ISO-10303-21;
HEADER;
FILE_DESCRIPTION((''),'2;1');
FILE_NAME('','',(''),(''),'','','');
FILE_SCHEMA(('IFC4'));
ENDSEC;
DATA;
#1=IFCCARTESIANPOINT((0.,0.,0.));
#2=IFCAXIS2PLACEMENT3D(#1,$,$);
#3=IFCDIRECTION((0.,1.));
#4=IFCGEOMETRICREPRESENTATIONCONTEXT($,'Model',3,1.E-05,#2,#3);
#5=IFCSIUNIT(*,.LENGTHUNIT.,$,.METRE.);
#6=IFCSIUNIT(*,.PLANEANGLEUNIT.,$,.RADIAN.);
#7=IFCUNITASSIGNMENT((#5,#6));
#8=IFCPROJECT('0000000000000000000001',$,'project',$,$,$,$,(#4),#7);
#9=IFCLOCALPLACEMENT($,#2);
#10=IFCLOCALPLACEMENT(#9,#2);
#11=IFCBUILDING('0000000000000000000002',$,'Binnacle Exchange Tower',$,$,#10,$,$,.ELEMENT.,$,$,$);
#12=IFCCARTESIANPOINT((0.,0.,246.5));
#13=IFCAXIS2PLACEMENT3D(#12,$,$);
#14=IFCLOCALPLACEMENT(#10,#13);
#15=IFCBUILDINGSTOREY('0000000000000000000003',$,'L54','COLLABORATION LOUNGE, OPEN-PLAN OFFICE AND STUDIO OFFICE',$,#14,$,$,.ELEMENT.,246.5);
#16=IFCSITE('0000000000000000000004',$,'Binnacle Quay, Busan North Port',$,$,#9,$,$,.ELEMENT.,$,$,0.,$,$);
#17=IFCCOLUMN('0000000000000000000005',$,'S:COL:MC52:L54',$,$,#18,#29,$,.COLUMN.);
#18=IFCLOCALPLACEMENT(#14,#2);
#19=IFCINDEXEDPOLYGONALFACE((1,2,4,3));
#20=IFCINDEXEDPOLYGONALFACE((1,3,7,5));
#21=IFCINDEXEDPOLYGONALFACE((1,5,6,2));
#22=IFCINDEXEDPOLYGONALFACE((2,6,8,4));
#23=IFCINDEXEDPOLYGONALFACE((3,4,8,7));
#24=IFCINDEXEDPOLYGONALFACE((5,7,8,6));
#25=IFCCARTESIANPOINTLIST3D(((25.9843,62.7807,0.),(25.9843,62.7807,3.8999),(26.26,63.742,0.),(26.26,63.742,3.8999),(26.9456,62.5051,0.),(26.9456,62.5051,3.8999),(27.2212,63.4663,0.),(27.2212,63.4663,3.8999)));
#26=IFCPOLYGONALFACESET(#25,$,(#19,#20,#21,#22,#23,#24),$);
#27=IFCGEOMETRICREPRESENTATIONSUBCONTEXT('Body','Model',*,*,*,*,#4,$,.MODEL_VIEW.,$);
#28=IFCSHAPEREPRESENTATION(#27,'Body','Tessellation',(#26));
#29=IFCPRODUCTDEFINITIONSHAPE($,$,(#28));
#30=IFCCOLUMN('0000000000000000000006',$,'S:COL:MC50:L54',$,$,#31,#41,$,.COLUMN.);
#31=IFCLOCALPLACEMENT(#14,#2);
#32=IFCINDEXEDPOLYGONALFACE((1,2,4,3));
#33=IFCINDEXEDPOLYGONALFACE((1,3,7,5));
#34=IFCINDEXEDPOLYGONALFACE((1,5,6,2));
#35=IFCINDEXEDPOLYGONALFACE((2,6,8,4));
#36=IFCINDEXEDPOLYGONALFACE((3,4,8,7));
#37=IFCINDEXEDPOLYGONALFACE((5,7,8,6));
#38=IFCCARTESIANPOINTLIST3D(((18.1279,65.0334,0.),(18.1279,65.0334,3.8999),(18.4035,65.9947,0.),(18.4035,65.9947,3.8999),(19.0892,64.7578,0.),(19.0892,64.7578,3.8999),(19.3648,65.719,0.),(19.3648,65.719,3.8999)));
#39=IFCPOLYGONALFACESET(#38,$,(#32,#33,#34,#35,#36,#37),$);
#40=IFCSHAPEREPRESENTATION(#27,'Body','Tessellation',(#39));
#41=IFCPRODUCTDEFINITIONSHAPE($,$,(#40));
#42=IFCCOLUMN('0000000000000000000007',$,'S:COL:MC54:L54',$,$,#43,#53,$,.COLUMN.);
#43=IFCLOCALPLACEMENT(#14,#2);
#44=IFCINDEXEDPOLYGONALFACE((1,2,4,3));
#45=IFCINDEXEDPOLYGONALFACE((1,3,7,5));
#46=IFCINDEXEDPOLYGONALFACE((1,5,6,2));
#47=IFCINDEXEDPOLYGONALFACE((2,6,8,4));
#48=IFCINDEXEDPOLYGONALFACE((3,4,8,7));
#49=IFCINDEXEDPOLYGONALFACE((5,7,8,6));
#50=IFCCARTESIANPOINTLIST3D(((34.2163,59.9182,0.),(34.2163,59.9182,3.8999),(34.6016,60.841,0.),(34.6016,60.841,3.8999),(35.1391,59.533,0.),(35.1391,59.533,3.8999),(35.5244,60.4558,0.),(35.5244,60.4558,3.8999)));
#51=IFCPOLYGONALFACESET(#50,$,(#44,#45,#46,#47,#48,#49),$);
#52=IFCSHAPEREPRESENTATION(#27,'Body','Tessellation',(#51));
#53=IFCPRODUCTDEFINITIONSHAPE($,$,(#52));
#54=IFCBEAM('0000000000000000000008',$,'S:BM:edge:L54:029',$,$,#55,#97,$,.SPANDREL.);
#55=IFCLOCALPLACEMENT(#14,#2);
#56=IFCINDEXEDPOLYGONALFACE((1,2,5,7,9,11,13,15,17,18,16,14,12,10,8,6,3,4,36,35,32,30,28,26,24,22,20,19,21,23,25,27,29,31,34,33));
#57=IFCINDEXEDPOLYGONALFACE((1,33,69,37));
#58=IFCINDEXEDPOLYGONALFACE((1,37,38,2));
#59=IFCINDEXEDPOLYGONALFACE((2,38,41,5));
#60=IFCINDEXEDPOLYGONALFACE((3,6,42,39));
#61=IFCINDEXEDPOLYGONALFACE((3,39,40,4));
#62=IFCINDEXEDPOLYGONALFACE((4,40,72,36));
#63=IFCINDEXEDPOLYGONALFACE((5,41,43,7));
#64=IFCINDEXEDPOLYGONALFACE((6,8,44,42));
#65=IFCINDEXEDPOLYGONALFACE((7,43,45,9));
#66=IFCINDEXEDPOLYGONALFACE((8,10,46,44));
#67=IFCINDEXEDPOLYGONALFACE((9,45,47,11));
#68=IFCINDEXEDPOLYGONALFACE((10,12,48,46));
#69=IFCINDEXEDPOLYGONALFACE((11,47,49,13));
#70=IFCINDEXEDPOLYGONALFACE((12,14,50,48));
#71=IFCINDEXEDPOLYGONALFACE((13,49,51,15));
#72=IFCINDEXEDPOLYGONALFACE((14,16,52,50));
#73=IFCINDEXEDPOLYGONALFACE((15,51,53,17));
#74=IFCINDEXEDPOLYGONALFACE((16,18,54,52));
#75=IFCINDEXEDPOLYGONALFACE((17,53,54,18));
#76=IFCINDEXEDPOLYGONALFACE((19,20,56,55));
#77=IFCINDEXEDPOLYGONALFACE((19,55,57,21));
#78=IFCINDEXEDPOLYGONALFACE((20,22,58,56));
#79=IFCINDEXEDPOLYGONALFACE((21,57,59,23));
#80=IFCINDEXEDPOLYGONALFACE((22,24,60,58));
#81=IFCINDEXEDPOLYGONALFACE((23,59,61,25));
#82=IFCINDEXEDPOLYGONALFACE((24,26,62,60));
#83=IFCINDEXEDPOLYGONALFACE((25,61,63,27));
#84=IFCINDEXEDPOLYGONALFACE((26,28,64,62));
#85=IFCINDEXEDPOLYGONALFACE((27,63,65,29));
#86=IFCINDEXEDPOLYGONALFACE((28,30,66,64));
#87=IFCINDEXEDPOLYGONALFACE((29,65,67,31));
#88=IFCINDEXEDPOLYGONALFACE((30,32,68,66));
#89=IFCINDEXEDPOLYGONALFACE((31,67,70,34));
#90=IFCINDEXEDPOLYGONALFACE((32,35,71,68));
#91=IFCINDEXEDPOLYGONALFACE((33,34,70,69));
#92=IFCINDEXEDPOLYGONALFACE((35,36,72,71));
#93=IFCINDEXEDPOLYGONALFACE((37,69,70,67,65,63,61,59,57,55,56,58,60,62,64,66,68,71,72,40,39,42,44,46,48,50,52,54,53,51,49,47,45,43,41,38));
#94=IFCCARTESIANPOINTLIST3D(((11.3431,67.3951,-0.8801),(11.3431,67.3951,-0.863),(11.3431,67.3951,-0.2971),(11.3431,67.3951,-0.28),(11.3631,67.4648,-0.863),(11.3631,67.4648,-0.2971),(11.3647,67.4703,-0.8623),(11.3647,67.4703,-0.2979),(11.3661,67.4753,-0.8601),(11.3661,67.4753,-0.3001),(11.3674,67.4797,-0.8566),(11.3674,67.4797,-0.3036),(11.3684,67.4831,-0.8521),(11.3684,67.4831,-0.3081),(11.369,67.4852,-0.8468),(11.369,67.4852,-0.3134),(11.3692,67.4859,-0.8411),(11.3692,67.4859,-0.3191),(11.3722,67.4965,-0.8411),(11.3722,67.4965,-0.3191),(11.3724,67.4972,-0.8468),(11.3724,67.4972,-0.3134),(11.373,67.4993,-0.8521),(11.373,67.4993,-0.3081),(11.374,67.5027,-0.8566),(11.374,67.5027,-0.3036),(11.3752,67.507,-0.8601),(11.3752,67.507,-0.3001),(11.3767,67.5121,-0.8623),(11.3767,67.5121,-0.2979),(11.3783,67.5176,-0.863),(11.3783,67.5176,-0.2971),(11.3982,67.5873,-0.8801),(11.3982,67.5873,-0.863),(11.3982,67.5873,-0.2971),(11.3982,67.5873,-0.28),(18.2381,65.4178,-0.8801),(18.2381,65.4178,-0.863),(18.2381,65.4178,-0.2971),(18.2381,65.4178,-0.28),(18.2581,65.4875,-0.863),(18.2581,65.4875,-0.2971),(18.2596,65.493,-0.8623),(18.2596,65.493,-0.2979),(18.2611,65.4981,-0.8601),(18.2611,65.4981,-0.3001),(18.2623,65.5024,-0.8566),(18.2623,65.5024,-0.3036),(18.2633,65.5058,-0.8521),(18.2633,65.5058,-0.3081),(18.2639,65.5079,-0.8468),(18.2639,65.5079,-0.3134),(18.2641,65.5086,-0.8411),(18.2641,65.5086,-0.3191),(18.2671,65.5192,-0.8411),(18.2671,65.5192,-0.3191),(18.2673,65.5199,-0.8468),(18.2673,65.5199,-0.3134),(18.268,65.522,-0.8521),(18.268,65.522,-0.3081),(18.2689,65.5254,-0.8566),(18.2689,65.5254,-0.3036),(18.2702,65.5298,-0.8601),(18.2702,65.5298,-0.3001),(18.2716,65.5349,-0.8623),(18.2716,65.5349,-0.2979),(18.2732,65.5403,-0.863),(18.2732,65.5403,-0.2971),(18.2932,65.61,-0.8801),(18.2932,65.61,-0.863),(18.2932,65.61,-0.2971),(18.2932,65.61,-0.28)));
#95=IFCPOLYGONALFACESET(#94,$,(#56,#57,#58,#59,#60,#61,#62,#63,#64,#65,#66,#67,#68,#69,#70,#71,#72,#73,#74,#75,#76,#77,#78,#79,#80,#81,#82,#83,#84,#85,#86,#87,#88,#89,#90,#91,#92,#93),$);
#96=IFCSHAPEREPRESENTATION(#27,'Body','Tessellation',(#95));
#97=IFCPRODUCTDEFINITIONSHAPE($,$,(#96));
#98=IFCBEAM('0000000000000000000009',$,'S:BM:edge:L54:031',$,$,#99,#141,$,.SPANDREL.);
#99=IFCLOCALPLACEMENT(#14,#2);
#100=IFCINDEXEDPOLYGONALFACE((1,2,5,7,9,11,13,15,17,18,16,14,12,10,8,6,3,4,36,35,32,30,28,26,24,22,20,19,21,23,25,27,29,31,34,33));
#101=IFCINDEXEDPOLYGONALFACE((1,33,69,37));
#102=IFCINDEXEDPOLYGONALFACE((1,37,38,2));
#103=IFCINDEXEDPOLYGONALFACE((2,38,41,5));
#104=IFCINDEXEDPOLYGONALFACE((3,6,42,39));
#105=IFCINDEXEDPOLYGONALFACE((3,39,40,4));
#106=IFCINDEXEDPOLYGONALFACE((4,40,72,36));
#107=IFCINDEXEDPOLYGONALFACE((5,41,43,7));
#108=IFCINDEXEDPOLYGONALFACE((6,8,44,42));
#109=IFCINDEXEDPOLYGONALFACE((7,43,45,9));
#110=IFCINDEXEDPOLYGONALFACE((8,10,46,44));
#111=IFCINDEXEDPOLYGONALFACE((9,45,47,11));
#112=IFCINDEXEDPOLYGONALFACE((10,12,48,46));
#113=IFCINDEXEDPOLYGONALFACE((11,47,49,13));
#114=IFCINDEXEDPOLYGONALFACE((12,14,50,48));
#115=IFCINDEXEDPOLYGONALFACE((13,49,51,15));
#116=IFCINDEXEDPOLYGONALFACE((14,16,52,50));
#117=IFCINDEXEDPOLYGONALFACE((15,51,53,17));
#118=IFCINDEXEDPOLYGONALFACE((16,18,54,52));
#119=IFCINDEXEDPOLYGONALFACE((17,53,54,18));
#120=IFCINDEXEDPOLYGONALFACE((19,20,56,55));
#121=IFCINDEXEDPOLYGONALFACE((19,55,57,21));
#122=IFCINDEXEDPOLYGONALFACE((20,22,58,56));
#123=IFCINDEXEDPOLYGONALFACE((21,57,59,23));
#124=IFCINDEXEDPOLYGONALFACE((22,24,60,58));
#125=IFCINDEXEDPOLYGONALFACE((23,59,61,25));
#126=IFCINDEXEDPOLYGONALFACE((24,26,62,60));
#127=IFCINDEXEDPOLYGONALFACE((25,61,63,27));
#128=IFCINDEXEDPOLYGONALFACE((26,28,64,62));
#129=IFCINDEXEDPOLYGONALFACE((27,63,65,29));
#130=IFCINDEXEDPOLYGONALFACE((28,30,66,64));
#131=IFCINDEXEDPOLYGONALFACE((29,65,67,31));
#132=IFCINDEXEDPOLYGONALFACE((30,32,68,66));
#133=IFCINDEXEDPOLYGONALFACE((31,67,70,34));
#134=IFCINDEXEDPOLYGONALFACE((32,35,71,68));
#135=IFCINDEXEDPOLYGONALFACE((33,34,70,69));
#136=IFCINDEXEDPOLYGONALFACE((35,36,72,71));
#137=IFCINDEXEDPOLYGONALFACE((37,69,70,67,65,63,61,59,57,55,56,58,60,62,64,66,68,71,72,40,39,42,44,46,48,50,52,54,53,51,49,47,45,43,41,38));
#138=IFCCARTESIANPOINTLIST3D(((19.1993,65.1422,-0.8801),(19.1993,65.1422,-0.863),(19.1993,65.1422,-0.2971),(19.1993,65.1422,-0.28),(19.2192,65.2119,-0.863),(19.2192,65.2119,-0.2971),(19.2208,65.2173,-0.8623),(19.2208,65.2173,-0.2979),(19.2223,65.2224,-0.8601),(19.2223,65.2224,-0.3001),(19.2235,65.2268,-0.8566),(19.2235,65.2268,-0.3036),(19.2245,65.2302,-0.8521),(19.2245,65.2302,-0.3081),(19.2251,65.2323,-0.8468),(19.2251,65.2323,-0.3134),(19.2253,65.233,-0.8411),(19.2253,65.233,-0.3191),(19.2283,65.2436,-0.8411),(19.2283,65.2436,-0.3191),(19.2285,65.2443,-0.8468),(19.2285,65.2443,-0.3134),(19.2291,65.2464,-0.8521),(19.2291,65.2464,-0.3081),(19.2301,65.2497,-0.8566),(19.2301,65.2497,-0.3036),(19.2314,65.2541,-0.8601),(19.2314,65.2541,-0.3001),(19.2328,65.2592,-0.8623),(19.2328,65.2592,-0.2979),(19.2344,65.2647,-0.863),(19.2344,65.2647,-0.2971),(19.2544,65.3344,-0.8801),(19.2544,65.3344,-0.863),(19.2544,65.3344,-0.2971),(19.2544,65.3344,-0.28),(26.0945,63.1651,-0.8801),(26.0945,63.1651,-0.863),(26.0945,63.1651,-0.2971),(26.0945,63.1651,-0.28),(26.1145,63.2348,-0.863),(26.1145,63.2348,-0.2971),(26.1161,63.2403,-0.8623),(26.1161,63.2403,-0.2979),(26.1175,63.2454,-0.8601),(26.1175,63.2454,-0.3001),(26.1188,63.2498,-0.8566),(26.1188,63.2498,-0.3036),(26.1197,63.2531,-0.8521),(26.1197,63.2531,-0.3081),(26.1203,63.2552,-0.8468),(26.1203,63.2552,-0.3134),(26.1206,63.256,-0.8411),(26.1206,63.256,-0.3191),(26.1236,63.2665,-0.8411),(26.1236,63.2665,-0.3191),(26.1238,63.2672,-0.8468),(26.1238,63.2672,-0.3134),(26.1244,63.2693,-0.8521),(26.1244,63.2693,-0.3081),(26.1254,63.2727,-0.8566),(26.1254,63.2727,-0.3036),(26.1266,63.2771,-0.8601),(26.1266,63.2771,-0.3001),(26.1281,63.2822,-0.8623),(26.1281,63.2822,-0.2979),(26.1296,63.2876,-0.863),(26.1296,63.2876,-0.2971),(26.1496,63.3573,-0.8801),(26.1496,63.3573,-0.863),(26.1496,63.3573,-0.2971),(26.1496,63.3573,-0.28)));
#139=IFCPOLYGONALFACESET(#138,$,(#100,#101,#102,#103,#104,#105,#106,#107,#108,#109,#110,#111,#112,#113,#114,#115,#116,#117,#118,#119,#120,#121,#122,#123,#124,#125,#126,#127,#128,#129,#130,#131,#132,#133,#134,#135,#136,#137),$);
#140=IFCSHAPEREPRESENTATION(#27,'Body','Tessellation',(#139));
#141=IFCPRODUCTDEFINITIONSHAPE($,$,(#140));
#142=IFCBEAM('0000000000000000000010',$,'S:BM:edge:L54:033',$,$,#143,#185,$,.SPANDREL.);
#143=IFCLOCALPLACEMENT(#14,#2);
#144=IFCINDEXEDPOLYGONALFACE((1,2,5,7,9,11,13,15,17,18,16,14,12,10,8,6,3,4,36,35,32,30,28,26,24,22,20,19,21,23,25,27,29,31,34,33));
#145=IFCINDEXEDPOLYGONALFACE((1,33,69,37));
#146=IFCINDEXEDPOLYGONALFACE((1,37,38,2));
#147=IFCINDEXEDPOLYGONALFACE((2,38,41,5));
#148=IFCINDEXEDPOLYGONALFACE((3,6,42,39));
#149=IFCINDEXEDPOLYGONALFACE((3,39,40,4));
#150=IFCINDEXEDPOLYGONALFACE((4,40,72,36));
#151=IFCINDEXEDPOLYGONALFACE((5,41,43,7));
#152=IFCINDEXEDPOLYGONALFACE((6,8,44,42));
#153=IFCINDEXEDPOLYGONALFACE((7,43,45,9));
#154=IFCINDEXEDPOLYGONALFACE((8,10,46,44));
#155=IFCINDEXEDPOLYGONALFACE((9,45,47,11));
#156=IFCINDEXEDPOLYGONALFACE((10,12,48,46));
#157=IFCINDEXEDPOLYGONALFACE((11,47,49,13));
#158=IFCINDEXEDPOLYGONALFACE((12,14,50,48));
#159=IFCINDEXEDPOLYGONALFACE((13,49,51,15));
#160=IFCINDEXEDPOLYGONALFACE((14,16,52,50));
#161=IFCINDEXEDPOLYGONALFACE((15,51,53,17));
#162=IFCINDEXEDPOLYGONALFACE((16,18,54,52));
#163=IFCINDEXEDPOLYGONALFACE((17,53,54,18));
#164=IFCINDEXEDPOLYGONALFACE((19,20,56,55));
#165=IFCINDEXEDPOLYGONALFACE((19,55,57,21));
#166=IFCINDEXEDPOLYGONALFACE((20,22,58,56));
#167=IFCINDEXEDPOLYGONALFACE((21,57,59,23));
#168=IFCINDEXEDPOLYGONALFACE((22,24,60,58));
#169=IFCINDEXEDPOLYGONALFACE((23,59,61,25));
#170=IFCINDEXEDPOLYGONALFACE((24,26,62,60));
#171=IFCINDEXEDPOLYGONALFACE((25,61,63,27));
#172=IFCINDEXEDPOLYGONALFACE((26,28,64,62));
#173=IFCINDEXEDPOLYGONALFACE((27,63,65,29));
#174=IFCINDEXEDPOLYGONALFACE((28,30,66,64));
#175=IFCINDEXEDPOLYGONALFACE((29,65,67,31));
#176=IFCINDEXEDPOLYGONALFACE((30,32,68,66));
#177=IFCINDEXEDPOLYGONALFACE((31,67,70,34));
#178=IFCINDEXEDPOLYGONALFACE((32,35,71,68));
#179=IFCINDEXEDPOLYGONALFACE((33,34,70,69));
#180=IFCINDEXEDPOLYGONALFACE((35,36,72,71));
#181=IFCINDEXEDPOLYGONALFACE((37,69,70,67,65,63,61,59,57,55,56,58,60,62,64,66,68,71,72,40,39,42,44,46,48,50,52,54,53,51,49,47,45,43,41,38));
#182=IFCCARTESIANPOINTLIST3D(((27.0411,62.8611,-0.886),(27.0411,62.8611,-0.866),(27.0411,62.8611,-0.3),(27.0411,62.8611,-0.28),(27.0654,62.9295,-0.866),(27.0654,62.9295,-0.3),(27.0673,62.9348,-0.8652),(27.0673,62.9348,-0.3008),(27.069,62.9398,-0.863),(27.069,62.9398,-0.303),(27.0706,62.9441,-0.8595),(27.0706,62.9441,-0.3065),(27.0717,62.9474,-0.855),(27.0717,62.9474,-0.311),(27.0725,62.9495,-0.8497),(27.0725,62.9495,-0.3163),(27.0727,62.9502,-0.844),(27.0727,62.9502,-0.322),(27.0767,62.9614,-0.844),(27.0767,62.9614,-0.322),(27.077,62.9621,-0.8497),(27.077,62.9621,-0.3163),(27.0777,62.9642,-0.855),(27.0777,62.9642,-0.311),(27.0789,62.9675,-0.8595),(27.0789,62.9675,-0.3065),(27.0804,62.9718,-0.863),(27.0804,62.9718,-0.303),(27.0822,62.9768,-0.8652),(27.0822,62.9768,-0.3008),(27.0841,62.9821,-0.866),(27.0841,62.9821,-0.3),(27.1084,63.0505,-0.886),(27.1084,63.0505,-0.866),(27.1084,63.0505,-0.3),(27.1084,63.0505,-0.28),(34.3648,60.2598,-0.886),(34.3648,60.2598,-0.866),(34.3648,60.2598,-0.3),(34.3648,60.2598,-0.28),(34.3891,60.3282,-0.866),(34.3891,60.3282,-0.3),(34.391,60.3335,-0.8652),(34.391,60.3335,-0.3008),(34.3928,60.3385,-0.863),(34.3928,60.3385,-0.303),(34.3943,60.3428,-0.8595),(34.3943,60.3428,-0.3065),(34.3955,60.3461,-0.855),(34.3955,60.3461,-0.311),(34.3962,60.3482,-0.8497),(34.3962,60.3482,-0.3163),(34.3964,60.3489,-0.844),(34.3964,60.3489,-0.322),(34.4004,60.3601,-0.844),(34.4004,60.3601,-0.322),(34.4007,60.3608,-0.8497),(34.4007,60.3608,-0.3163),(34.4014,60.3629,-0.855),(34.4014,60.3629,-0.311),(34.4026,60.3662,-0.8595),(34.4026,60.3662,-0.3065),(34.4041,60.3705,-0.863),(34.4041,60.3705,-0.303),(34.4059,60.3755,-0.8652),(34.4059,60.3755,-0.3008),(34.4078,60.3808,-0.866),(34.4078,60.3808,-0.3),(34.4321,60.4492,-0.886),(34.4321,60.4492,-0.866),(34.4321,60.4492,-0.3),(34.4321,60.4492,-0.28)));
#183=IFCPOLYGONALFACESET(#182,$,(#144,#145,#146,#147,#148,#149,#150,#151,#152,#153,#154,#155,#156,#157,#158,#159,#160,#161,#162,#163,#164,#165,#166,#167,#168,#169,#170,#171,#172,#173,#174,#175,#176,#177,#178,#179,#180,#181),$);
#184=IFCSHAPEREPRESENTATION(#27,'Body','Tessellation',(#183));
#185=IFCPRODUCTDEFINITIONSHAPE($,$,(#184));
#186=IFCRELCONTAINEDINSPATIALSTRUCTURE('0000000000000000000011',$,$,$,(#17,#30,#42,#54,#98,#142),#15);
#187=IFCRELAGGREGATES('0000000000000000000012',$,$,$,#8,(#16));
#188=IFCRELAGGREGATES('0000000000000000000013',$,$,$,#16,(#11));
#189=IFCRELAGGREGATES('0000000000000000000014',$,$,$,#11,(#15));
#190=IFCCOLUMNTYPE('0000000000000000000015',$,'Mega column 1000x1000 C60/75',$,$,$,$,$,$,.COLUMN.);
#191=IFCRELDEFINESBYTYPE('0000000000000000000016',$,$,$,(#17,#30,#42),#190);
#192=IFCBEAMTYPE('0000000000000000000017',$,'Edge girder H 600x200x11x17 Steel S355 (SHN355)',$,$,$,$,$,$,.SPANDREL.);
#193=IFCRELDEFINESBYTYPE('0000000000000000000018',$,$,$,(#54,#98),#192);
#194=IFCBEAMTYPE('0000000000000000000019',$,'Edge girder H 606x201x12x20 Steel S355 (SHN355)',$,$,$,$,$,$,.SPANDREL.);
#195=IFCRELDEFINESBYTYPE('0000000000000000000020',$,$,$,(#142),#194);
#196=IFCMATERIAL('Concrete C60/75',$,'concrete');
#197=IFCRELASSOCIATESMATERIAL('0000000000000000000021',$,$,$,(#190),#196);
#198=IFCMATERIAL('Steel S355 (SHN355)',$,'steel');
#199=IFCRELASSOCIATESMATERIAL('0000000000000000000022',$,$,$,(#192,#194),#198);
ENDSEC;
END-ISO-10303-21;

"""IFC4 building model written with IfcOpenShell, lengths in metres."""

from ifc_helpers import new_model, si_unit, direction, frame, origin, origin_2d, place, context, subcontext, project, spatial, rectangle, i_section, extrude, material, material_profile, profile_set, type_object, element, save


model = new_model("IFC4")

# Units and contexts
model_context = context("Model", 3, precision=1e-05, world=origin(), true_north=direction((0.0, 1.0)))
body_context = subcontext(model_context, "Body", "Model", "MODEL_VIEW")
ifc_project = project(units=[si_unit("LENGTHUNIT", "METRE"), si_unit("PLANEANGLEUNIT", "RADIAN")], contexts=[model_context])

# Site, building, storey
site_placement = place(None, origin())
site = spatial("IfcSite", under=ifc_project, at=site_placement, Name="Binnacle Quay, Busan North Port", CompositionType="ELEMENT", RefElevation=0.0)
building_placement = place(site_placement, origin())
building = spatial("IfcBuilding", under=site, at=building_placement, Name="Binnacle Exchange Tower", CompositionType="ELEMENT")
storey_placement = place(building_placement, frame((0.0, 0.0, 246.5)))
storey = spatial("IfcBuildingStorey", under=building, at=storey_placement, Name="L54", Description="COLLABORATION LOUNGE, OPEN-PLAN OFFICE AND STUDIO OFFICE", CompositionType="ELEMENT", Elevation=246.5)

# Columns
ifc_material_1 = material(Name="Concrete C60/75", Category="concrete")
ifc_material_profile_1 = material_profile(ifc_material_1, rectangle(XDim=1.0, YDim=1.0, at=origin_2d()), Name="Mega column 1000x1000 C60/75")
ifc_profile_set_1 = profile_set([ifc_material_profile_1], Name="Concrete C60/75")
column_type = type_object("IfcColumnType", Name="Mega column 1000x1000 C60/75", PredefinedType="COLUMN", material=ifc_profile_set_1)
for number, where, z_axis, x_axis, name in (
    (1, (26.6028, 63.1235, 0.0), (0.0, 0.0, 1.0), (-0.961262, 0.275637, 0.0), "S:COL:MC52:L54"),
    (2, (18.7463, 65.3762, 0.0), (0.0, 0.0, 1.0), (-0.961262, 0.275637, 0.0), "S:COL:MC50:L54"),
    (3, (34.8704, 60.187, 0.0), (0.0, 0.0, 1.0), (-0.922814, 0.385246, 0.0), "S:COL:MC54:L54"),
):
    element("IfcColumn", number, at=place(storey_placement, frame(where, z_axis=z_axis, x_axis=x_axis)), inside=storey, type_object=column_type, Name=name, PredefinedType="COLUMN", context=body_context, shape_type="SweptSolid", body=[
        extrude(rectangle(XDim=1.0, YDim=1.0, at=origin_2d()), origin(), (0.0, 0.0, 1.0), 3.8999),
    ])

# Beams
ifc_material_2 = material(Name="Steel S355 (SHN355)", Category="steel")
ifc_material_profile_2 = material_profile(ifc_material_2, i_section(OverallWidth=0.2, OverallDepth=0.6001, WebThickness=0.011, FlangeThickness=0.0171, FilletRadius=0.022, at=origin_2d()), Name="H 600x200x11x17")
ifc_profile_set_2 = profile_set([ifc_material_profile_2], Name="Steel S355 (SHN355)")
beam_type_1 = type_object("IfcBeamType", Name="Edge girder H 600x200x11x17 Steel S355 (SHN355)", PredefinedType="SPANDREL", material=ifc_profile_set_2)
beam_1_placement = place(storey_placement, frame((18.2656, 65.5139, -0.5801), z_axis=(-0.961255, 0.275661, 0.0), x_axis=(-0.275661, -0.961255, 0.0)))
element("IfcBeam", 4, at=beam_1_placement, inside=storey, type_object=beam_type_1, Name="S:BM:edge:L54:029", PredefinedType="SPANDREL", context=body_context, shape_type="SweptSolid", body=[
    extrude(i_section(OverallWidth=0.2, OverallDepth=0.6001, WebThickness=0.011, FlangeThickness=0.0171, FilletRadius=0.022, at=origin_2d()), origin(), (0.0, 0.0, 1.0), 7.1729),
])
beam_2_placement = place(storey_placement, frame((26.1221, 63.2612, -0.5801), z_axis=(-0.961267, 0.27562, 0.0), x_axis=(-0.27562, -0.961267, 0.0)))
element("IfcBeam", 5, at=beam_2_placement, inside=storey, type_object=beam_type_1, Name="S:BM:edge:L54:031", PredefinedType="SPANDREL", context=body_context, shape_type="SweptSolid", body=[
    extrude(i_section(OverallWidth=0.2, OverallDepth=0.6001, WebThickness=0.011, FlangeThickness=0.0171, FilletRadius=0.022, at=origin_2d()), origin(), (0.0, 0.0, 1.0), 7.1731),
])
ifc_material_profile_3 = material_profile(ifc_material_2, i_section(OverallWidth=0.2009, OverallDepth=0.606, WebThickness=0.012, FlangeThickness=0.02, FilletRadius=0.022, at=origin_2d()), Name="H 606x201x12x20")
ifc_profile_set_3 = profile_set([ifc_material_profile_3], Name="Steel S355 (SHN355)")
beam_type_2 = type_object("IfcBeamType", Name="Edge girder H 606x201x12x20 Steel S355 (SHN355)", PredefinedType="SPANDREL", material=ifc_profile_set_3)
beam_3_placement = place(storey_placement, frame((34.3984, 60.3545, -0.583), z_axis=(-0.942323, 0.334704, 0.0), x_axis=(-0.334704, -0.942323, 0.0)))
element("IfcBeam", 6, at=beam_3_placement, inside=storey, type_object=beam_type_2, Name="S:BM:edge:L54:033", PredefinedType="SPANDREL", context=body_context, shape_type="SweptSolid", body=[
    extrude(i_section(OverallWidth=0.2009, OverallDepth=0.606, WebThickness=0.012, FlangeThickness=0.02, FilletRadius=0.022, at=origin_2d()), origin(), (0.0, 0.0, 1.0), 7.772),
])

save(model, "model.ifc")
